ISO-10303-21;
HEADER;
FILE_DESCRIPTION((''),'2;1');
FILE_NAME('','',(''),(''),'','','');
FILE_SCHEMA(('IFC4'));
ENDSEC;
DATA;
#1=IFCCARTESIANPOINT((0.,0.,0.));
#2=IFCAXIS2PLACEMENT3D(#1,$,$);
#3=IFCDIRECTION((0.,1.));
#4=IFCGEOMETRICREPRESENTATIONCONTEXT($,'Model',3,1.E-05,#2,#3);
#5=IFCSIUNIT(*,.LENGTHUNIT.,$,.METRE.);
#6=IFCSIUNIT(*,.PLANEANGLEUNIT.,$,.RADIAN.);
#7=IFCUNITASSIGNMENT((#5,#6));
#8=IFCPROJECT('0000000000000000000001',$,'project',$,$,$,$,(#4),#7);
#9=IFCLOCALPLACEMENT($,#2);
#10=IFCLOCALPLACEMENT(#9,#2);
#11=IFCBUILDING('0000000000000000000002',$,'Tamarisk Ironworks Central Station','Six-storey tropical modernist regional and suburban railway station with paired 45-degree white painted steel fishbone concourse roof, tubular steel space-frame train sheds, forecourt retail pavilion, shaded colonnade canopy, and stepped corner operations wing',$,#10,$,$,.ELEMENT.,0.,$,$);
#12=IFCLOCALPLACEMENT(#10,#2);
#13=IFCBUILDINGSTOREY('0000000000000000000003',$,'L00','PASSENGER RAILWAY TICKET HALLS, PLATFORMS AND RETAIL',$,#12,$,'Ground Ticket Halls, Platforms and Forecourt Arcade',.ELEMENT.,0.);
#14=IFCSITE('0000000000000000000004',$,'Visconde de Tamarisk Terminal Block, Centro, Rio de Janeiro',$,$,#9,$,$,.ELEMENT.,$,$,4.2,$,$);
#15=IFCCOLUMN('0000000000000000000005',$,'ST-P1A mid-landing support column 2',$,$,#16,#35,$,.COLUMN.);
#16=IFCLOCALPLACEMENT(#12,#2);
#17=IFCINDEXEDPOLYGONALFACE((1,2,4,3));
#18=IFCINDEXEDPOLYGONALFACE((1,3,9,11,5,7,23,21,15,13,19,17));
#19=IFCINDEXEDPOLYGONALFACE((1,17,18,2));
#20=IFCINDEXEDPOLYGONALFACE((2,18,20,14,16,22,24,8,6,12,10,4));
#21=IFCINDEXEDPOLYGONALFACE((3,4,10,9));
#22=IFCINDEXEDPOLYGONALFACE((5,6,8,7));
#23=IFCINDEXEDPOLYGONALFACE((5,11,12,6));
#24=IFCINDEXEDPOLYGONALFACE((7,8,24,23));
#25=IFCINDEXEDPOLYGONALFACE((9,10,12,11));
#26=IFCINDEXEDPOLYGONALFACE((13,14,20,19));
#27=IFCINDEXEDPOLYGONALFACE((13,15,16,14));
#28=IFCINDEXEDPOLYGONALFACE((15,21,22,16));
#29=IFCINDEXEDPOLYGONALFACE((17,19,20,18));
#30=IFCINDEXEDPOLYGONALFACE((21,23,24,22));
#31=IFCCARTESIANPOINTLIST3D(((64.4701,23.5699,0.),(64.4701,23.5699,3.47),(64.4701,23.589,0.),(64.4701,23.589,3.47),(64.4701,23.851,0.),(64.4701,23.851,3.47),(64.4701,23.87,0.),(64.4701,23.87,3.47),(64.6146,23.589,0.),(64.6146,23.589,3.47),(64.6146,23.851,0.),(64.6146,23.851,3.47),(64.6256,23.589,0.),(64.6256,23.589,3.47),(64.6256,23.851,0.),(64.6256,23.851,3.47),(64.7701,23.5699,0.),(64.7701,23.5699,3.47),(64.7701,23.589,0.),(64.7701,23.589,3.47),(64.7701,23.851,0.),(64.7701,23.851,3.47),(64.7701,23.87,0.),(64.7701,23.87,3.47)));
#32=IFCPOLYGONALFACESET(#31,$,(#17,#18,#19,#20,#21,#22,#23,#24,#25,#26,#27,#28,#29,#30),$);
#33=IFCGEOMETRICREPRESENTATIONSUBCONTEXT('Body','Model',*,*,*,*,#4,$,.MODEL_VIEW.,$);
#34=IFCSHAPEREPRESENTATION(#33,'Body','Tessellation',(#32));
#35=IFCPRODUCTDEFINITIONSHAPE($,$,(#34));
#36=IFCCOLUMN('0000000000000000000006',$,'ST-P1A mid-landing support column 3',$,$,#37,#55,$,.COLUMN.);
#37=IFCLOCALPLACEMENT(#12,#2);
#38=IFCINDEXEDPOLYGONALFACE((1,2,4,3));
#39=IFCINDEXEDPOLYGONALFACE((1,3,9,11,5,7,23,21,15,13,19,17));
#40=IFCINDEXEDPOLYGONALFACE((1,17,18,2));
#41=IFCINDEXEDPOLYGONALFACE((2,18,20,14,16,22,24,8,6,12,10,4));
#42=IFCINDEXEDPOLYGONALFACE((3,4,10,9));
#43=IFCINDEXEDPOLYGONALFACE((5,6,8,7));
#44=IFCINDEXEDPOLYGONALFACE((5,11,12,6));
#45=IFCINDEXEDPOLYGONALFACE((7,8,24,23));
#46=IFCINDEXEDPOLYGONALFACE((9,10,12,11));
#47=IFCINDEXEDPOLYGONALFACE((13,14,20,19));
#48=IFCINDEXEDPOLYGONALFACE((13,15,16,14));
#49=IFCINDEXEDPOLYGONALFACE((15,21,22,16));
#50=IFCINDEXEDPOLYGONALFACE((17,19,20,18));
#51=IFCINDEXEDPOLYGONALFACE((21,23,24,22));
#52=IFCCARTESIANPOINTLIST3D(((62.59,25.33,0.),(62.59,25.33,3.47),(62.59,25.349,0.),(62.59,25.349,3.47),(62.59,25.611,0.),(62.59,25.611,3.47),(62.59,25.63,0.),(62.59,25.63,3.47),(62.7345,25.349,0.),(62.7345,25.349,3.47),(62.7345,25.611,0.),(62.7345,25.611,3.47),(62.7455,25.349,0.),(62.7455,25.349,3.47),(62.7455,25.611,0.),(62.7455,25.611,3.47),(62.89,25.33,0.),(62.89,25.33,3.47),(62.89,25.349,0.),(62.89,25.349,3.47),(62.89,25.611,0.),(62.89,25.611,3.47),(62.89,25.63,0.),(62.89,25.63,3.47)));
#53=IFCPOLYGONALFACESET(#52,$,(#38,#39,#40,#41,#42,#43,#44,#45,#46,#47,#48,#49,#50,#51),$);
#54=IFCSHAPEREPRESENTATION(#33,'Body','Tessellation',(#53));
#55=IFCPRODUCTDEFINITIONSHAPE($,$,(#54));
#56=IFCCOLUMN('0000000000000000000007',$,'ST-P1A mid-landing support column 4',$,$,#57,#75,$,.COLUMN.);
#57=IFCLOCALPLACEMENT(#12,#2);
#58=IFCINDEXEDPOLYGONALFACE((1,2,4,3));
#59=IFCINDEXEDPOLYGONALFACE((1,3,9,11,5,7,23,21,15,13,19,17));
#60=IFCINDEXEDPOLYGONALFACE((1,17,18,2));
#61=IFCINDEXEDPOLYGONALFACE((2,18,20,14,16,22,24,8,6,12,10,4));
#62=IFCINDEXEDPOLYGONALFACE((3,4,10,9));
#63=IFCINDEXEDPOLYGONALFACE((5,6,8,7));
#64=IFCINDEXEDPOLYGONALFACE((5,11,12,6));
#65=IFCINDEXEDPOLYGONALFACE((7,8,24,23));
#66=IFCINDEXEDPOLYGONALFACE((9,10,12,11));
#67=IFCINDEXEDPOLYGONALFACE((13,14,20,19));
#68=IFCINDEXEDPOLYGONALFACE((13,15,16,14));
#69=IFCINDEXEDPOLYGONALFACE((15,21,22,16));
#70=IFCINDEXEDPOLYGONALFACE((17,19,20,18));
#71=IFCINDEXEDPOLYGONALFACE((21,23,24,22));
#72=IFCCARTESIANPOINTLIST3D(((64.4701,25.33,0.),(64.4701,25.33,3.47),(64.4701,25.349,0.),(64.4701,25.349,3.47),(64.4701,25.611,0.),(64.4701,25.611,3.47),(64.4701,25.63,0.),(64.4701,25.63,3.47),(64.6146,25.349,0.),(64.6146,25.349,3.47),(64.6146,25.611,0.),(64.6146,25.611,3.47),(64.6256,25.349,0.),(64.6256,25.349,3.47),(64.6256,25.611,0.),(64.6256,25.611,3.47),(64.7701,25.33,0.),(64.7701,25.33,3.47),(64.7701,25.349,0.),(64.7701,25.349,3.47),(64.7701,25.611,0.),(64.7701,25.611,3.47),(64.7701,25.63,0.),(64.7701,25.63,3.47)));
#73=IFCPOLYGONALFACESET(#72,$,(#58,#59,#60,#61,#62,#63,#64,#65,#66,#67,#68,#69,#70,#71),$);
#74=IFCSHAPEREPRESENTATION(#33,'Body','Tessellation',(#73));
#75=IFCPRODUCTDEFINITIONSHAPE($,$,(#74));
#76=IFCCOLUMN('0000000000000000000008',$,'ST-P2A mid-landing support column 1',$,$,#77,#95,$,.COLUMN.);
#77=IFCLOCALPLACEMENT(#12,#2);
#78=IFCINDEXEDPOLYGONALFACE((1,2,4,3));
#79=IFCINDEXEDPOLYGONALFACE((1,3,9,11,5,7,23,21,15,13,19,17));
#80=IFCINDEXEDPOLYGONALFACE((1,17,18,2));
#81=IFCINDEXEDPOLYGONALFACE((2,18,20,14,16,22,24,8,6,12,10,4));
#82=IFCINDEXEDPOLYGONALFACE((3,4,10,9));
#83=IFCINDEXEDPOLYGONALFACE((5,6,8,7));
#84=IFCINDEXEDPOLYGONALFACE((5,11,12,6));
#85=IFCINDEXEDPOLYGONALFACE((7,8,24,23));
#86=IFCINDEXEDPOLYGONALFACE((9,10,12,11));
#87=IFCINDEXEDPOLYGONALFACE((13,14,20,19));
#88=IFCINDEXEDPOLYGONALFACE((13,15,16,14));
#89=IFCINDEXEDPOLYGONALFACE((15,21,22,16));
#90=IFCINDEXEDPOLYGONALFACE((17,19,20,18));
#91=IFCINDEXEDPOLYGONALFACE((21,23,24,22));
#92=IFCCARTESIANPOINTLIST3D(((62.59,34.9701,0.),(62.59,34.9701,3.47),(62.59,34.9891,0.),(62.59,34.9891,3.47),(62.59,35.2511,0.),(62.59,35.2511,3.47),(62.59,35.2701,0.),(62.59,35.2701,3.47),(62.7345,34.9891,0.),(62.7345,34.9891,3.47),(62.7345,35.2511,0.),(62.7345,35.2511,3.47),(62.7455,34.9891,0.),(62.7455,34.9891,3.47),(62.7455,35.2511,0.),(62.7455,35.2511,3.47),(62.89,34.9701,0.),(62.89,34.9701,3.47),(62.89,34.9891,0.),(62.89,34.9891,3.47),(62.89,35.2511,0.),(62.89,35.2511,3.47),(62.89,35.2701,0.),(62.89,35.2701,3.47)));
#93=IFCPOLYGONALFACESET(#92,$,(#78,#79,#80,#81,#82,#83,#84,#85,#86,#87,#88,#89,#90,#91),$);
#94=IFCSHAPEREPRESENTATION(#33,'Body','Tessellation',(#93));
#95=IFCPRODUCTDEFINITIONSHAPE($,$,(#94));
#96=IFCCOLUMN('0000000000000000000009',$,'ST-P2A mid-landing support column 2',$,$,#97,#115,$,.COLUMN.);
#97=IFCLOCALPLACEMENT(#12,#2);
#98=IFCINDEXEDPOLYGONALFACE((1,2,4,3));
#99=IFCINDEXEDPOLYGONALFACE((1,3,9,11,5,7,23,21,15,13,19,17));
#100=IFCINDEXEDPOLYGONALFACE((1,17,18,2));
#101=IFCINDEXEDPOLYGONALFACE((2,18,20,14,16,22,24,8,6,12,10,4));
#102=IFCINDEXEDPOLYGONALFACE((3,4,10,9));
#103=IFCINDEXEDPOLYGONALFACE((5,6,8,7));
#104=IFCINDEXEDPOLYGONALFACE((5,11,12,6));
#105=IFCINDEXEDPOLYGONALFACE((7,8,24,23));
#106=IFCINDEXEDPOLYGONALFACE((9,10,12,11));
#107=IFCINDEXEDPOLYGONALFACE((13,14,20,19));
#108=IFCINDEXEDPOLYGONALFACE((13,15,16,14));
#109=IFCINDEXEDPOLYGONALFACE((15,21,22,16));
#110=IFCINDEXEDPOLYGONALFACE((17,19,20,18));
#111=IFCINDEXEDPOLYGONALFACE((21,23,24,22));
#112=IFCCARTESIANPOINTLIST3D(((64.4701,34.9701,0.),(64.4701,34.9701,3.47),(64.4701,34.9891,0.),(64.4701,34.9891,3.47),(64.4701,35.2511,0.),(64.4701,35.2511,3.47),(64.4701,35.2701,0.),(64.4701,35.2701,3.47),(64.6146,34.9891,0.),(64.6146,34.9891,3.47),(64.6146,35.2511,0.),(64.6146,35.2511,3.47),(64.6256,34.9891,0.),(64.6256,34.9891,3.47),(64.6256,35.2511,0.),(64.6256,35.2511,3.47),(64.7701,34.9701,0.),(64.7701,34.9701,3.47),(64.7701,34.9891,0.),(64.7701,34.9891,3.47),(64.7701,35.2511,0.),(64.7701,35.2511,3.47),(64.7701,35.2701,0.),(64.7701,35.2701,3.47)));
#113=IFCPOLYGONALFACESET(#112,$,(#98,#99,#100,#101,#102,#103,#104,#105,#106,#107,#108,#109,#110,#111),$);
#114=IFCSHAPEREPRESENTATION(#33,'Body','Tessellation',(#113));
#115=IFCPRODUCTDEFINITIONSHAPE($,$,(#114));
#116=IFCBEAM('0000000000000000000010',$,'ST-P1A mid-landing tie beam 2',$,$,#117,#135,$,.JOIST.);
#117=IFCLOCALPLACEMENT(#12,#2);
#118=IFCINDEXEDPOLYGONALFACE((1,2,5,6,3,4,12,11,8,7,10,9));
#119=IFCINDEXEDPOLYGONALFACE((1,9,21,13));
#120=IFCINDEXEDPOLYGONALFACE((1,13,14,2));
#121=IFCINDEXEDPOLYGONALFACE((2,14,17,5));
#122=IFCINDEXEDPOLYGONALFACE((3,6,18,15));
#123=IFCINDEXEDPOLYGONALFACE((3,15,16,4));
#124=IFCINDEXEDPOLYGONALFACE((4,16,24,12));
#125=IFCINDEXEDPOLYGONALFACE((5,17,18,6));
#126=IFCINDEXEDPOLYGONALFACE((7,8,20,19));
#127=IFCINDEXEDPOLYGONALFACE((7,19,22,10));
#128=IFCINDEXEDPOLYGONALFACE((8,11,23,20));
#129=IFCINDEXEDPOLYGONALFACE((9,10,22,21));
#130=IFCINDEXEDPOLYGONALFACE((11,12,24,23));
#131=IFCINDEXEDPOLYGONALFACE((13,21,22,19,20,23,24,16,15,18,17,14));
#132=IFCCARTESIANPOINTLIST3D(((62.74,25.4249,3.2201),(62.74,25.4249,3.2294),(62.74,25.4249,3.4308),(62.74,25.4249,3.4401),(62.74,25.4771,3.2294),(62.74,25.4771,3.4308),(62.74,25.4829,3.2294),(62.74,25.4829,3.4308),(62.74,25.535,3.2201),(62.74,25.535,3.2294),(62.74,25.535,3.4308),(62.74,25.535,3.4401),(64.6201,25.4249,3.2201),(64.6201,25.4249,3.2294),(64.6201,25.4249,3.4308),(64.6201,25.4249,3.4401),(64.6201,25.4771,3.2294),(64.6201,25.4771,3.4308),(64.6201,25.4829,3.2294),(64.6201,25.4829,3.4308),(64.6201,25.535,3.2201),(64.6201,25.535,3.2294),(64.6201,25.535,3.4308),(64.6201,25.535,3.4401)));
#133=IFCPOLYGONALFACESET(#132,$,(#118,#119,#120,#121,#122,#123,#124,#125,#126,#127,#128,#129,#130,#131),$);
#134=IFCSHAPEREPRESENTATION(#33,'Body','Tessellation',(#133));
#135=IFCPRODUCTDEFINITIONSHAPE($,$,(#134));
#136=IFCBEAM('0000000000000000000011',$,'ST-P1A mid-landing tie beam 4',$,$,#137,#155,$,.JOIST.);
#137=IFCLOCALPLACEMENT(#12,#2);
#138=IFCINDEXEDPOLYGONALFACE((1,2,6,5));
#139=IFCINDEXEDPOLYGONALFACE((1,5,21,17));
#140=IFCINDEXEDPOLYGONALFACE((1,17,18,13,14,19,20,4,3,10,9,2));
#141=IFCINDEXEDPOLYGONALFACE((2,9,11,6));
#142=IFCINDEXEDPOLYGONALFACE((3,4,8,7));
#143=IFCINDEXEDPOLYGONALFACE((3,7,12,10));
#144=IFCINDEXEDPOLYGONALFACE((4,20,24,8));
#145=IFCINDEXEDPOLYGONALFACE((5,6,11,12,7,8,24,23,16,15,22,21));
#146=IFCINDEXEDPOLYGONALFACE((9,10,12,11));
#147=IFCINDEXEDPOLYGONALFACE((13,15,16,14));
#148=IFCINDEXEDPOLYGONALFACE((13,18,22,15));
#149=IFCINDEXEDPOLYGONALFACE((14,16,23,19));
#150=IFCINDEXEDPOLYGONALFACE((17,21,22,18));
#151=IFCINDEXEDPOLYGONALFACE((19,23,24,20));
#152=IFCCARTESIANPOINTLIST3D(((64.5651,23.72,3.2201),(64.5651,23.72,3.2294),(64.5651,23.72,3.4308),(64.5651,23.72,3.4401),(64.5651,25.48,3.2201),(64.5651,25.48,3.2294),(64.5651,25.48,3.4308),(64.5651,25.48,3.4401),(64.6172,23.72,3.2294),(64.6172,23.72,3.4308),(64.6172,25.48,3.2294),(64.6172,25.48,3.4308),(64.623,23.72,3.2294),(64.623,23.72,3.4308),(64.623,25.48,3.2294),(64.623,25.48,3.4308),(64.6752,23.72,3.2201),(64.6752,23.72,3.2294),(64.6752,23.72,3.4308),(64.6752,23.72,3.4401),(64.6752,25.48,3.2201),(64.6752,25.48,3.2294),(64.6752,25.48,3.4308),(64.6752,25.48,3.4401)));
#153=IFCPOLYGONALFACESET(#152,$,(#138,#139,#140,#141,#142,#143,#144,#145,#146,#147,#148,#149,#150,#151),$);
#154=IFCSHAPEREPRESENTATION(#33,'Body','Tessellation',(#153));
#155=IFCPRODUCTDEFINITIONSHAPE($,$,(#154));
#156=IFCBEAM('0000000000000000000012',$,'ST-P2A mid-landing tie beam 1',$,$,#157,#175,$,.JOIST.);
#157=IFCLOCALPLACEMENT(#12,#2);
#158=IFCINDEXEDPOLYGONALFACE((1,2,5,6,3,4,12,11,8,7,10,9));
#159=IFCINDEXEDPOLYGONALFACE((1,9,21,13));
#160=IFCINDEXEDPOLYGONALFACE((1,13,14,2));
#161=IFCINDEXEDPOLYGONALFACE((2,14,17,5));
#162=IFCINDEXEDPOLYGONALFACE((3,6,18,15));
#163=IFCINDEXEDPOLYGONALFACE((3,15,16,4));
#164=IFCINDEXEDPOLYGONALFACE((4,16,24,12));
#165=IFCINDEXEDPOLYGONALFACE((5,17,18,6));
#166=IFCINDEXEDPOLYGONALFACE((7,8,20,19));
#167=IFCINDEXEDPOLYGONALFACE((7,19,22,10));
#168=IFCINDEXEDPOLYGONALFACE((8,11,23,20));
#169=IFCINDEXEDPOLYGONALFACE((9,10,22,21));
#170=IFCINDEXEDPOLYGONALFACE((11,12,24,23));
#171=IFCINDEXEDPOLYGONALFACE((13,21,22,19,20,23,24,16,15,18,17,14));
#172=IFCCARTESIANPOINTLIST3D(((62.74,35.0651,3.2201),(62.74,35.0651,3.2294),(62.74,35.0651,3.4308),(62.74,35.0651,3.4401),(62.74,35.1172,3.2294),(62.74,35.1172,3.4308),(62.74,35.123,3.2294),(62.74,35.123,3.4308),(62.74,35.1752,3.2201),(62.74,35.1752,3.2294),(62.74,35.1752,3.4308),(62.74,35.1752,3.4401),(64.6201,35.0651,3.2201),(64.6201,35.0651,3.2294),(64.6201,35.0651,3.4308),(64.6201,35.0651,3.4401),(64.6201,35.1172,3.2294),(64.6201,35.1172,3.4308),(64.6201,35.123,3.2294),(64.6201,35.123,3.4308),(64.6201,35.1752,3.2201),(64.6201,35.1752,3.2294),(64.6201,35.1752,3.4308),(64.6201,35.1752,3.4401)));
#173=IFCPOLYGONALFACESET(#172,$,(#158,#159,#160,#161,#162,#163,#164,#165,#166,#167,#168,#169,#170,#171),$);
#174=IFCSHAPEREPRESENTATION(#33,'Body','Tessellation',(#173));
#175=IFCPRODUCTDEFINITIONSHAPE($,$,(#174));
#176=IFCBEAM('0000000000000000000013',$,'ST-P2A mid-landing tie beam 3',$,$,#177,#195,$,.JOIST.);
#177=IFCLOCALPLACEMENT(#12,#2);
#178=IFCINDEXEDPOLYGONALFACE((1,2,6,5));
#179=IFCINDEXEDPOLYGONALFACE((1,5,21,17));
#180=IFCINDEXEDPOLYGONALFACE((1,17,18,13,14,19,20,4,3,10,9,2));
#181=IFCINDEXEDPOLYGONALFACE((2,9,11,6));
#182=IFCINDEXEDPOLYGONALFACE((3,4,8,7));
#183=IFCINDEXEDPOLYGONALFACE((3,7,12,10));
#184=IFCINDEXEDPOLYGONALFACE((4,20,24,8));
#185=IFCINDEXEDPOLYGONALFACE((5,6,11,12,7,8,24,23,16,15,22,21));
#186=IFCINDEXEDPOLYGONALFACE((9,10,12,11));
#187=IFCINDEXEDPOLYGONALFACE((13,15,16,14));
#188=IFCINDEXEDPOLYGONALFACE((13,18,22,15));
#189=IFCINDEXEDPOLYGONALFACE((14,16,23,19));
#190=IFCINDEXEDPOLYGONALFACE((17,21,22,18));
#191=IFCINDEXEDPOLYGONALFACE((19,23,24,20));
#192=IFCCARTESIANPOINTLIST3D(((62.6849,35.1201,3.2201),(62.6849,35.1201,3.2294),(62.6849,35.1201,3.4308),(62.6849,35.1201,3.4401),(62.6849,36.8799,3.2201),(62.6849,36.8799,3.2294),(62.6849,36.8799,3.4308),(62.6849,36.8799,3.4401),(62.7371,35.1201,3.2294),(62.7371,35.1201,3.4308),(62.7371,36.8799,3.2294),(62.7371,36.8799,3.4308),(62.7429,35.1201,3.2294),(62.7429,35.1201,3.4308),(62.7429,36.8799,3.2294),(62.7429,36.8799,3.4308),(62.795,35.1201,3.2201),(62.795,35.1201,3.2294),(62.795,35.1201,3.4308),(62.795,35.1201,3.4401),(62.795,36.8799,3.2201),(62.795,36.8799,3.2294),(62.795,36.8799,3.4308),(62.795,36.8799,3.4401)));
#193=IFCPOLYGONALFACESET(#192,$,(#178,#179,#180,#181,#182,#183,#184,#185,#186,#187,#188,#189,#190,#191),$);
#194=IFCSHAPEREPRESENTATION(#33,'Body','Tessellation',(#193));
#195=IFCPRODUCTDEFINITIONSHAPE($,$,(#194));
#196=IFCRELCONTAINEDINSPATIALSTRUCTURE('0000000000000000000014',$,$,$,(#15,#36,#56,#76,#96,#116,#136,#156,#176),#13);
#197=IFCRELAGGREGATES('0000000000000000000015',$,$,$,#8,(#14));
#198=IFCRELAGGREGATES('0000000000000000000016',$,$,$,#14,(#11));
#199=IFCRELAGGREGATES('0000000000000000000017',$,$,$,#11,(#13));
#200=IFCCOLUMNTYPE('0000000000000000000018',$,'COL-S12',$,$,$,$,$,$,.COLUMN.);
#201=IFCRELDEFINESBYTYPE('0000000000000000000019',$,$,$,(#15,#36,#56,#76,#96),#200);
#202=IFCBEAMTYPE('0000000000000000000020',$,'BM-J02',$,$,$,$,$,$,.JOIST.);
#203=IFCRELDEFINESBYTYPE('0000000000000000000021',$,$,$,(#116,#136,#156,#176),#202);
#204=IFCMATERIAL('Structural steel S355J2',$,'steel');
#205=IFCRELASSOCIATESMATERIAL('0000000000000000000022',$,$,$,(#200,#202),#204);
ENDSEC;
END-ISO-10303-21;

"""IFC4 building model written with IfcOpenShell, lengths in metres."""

from ifc_helpers import new_model, si_unit, direction, frame, origin, origin_2d, place, context, subcontext, project, spatial, i_section, extrude, material, material_profile, profile_set, type_object, element, save


model = new_model("IFC4")

# Units and contexts
model_context = context("Model", 3, precision=1e-05, world=origin(), true_north=direction((0.0, 1.0)))
body_context = subcontext(model_context, "Body", "Model", "MODEL_VIEW")
ifc_project = project(units=[si_unit("LENGTHUNIT", "METRE"), si_unit("PLANEANGLEUNIT", "RADIAN")], contexts=[model_context])

# Site, building, storey
site_placement = place(None, origin())
site = spatial("IfcSite", under=ifc_project, at=site_placement, Name="Visconde de Tamarisk Terminal Block, Centro, Rio de Janeiro", CompositionType="ELEMENT", RefElevation=4.2)
building_placement = place(site_placement, origin())
building = spatial("IfcBuilding", under=site, at=building_placement, Name="Tamarisk Ironworks Central Station", Description="Six-storey tropical modernist regional and suburban railway station with paired 45-degree white painted steel fishbone concourse roof, tubular steel space-frame train sheds, forecourt retail pavilion, shaded colonnade canopy, and stepped corner operations wing", CompositionType="ELEMENT", ElevationOfRefHeight=0.0)
storey_placement = place(building_placement, origin())
storey = spatial("IfcBuildingStorey", under=building, at=storey_placement, Name="L00", Description="PASSENGER RAILWAY TICKET HALLS, PLATFORMS AND RETAIL", LongName="Ground Ticket Halls, Platforms and Forecourt Arcade", CompositionType="ELEMENT", Elevation=0.0)

# Columns
ifc_material_1 = material(Name="Structural steel S355J2", Category="steel")
ifc_material_profile_1 = material_profile(ifc_material_1, i_section(OverallWidth=0.3, OverallDepth=0.3, WebThickness=0.011, FlangeThickness=0.019, at=origin_2d()), Name="HEB 300")
ifc_profile_set_1 = profile_set([ifc_material_profile_1], Name="Structural steel S355J2")
column_type_1 = type_object("IfcColumnType", Name="COL-S12", PredefinedType="COLUMN", material=ifc_profile_set_1)
for number, where, z_axis, x_axis, name in (
    (1, (64.6201, 23.72, 0.0), (0.0, 0.0, 1.0), (1.0, 0.0, 0.0), "ST-P1A mid-landing support column 2"),
    (2, (62.74, 25.48, 0.0), (0.0, 0.0, 1.0), (1.0, 0.0, 0.0), "ST-P1A mid-landing support column 3"),
    (3, (64.6201, 25.48, 0.0), (0.0, 0.0, 1.0), (1.0, 0.0, 0.0), "ST-P1A mid-landing support column 4"),
    (4, (62.74, 35.1201, 0.0), (0.0, 0.0, 1.0), (1.0, 0.0, 0.0), "ST-P2A mid-landing support column 1"),
    (5, (64.6201, 35.1201, 0.0), (0.0, 0.0, 1.0), (1.0, 0.0, 0.0), "ST-P2A mid-landing support column 2"),
):
    element("IfcColumn", number, at=place(storey_placement, frame(where, z_axis=z_axis, x_axis=x_axis)), inside=storey, type_object=column_type_1, Name=name, PredefinedType="COLUMN", context=body_context, shape_type="SweptSolid", body=[
        extrude(i_section(OverallWidth=0.3, OverallDepth=0.3, WebThickness=0.011, FlangeThickness=0.019, at=origin_2d()), origin(), (0.0, 0.0, 1.0), 3.47),
    ])

# Beams
ifc_material_profile_2 = material_profile(ifc_material_1, i_section(OverallWidth=0.1101, OverallDepth=0.22, WebThickness=0.0059, FlangeThickness=0.0093, at=origin_2d()), Name="IPE 220")
ifc_profile_set_2 = profile_set([ifc_material_profile_2], Name="Structural steel S355J2")
beam_type = type_object("IfcBeamType", Name="BM-J02", PredefinedType="JOIST", material=ifc_profile_set_2)
beam_1_placement = place(storey_placement, frame((62.74, 25.48, 3.3301), z_axis=(1.0, 0.0, 0.0), x_axis=(0.0, 1.0, 0.0)))
element("IfcBeam", 6, at=beam_1_placement, inside=storey, type_object=beam_type, Name="ST-P1A mid-landing tie beam 2", PredefinedType="JOIST", context=body_context, shape_type="SweptSolid", body=[
    extrude(i_section(OverallWidth=0.1101, OverallDepth=0.22, WebThickness=0.0059, FlangeThickness=0.0093, at=origin_2d()), origin(), (0.0, 0.0, 1.0), 1.8801),
])
beam_2_placement = place(storey_placement, frame((64.6201, 23.72, 3.3301), z_axis=(0.0, 1.0, 0.0), x_axis=(-1.0, 0.0, 0.0)))
element("IfcBeam", 7, at=beam_2_placement, inside=storey, type_object=beam_type, Name="ST-P1A mid-landing tie beam 4", PredefinedType="JOIST", context=body_context, shape_type="SweptSolid", body=[
    extrude(i_section(OverallWidth=0.1101, OverallDepth=0.22, WebThickness=0.0059, FlangeThickness=0.0093, at=origin_2d()), origin(), (0.0, 0.0, 1.0), 1.76),
])
beam_3_placement = place(storey_placement, frame((62.74, 35.1201, 3.3301), z_axis=(1.0, 0.0, 0.0), x_axis=(0.0, 1.0, 0.0)))
element("IfcBeam", 8, at=beam_3_placement, inside=storey, type_object=beam_type, Name="ST-P2A mid-landing tie beam 1", PredefinedType="JOIST", context=body_context, shape_type="SweptSolid", body=[
    extrude(i_section(OverallWidth=0.1101, OverallDepth=0.22, WebThickness=0.0059, FlangeThickness=0.0093, at=origin_2d()), origin(), (0.0, 0.0, 1.0), 1.8801),
])
for number, where, z_axis, x_axis, name in (
    (9, (62.74, 35.1201, 3.3301), (0.0, 1.0, 0.0), (-1.0, 0.0, 0.0), "ST-P2A mid-landing tie beam 3"),
):
    element("IfcBeam", number, at=place(storey_placement, frame(where, z_axis=z_axis, x_axis=x_axis)), inside=storey, type_object=beam_type, Name=name, PredefinedType="JOIST", context=body_context, shape_type="SweptSolid", body=[
        extrude(i_section(OverallWidth=0.1101, OverallDepth=0.22, WebThickness=0.0059, FlangeThickness=0.0093, at=origin_2d()), origin(), (0.0, 0.0, 1.0), 1.7598),
    ])

save(model, "model.ifc")
